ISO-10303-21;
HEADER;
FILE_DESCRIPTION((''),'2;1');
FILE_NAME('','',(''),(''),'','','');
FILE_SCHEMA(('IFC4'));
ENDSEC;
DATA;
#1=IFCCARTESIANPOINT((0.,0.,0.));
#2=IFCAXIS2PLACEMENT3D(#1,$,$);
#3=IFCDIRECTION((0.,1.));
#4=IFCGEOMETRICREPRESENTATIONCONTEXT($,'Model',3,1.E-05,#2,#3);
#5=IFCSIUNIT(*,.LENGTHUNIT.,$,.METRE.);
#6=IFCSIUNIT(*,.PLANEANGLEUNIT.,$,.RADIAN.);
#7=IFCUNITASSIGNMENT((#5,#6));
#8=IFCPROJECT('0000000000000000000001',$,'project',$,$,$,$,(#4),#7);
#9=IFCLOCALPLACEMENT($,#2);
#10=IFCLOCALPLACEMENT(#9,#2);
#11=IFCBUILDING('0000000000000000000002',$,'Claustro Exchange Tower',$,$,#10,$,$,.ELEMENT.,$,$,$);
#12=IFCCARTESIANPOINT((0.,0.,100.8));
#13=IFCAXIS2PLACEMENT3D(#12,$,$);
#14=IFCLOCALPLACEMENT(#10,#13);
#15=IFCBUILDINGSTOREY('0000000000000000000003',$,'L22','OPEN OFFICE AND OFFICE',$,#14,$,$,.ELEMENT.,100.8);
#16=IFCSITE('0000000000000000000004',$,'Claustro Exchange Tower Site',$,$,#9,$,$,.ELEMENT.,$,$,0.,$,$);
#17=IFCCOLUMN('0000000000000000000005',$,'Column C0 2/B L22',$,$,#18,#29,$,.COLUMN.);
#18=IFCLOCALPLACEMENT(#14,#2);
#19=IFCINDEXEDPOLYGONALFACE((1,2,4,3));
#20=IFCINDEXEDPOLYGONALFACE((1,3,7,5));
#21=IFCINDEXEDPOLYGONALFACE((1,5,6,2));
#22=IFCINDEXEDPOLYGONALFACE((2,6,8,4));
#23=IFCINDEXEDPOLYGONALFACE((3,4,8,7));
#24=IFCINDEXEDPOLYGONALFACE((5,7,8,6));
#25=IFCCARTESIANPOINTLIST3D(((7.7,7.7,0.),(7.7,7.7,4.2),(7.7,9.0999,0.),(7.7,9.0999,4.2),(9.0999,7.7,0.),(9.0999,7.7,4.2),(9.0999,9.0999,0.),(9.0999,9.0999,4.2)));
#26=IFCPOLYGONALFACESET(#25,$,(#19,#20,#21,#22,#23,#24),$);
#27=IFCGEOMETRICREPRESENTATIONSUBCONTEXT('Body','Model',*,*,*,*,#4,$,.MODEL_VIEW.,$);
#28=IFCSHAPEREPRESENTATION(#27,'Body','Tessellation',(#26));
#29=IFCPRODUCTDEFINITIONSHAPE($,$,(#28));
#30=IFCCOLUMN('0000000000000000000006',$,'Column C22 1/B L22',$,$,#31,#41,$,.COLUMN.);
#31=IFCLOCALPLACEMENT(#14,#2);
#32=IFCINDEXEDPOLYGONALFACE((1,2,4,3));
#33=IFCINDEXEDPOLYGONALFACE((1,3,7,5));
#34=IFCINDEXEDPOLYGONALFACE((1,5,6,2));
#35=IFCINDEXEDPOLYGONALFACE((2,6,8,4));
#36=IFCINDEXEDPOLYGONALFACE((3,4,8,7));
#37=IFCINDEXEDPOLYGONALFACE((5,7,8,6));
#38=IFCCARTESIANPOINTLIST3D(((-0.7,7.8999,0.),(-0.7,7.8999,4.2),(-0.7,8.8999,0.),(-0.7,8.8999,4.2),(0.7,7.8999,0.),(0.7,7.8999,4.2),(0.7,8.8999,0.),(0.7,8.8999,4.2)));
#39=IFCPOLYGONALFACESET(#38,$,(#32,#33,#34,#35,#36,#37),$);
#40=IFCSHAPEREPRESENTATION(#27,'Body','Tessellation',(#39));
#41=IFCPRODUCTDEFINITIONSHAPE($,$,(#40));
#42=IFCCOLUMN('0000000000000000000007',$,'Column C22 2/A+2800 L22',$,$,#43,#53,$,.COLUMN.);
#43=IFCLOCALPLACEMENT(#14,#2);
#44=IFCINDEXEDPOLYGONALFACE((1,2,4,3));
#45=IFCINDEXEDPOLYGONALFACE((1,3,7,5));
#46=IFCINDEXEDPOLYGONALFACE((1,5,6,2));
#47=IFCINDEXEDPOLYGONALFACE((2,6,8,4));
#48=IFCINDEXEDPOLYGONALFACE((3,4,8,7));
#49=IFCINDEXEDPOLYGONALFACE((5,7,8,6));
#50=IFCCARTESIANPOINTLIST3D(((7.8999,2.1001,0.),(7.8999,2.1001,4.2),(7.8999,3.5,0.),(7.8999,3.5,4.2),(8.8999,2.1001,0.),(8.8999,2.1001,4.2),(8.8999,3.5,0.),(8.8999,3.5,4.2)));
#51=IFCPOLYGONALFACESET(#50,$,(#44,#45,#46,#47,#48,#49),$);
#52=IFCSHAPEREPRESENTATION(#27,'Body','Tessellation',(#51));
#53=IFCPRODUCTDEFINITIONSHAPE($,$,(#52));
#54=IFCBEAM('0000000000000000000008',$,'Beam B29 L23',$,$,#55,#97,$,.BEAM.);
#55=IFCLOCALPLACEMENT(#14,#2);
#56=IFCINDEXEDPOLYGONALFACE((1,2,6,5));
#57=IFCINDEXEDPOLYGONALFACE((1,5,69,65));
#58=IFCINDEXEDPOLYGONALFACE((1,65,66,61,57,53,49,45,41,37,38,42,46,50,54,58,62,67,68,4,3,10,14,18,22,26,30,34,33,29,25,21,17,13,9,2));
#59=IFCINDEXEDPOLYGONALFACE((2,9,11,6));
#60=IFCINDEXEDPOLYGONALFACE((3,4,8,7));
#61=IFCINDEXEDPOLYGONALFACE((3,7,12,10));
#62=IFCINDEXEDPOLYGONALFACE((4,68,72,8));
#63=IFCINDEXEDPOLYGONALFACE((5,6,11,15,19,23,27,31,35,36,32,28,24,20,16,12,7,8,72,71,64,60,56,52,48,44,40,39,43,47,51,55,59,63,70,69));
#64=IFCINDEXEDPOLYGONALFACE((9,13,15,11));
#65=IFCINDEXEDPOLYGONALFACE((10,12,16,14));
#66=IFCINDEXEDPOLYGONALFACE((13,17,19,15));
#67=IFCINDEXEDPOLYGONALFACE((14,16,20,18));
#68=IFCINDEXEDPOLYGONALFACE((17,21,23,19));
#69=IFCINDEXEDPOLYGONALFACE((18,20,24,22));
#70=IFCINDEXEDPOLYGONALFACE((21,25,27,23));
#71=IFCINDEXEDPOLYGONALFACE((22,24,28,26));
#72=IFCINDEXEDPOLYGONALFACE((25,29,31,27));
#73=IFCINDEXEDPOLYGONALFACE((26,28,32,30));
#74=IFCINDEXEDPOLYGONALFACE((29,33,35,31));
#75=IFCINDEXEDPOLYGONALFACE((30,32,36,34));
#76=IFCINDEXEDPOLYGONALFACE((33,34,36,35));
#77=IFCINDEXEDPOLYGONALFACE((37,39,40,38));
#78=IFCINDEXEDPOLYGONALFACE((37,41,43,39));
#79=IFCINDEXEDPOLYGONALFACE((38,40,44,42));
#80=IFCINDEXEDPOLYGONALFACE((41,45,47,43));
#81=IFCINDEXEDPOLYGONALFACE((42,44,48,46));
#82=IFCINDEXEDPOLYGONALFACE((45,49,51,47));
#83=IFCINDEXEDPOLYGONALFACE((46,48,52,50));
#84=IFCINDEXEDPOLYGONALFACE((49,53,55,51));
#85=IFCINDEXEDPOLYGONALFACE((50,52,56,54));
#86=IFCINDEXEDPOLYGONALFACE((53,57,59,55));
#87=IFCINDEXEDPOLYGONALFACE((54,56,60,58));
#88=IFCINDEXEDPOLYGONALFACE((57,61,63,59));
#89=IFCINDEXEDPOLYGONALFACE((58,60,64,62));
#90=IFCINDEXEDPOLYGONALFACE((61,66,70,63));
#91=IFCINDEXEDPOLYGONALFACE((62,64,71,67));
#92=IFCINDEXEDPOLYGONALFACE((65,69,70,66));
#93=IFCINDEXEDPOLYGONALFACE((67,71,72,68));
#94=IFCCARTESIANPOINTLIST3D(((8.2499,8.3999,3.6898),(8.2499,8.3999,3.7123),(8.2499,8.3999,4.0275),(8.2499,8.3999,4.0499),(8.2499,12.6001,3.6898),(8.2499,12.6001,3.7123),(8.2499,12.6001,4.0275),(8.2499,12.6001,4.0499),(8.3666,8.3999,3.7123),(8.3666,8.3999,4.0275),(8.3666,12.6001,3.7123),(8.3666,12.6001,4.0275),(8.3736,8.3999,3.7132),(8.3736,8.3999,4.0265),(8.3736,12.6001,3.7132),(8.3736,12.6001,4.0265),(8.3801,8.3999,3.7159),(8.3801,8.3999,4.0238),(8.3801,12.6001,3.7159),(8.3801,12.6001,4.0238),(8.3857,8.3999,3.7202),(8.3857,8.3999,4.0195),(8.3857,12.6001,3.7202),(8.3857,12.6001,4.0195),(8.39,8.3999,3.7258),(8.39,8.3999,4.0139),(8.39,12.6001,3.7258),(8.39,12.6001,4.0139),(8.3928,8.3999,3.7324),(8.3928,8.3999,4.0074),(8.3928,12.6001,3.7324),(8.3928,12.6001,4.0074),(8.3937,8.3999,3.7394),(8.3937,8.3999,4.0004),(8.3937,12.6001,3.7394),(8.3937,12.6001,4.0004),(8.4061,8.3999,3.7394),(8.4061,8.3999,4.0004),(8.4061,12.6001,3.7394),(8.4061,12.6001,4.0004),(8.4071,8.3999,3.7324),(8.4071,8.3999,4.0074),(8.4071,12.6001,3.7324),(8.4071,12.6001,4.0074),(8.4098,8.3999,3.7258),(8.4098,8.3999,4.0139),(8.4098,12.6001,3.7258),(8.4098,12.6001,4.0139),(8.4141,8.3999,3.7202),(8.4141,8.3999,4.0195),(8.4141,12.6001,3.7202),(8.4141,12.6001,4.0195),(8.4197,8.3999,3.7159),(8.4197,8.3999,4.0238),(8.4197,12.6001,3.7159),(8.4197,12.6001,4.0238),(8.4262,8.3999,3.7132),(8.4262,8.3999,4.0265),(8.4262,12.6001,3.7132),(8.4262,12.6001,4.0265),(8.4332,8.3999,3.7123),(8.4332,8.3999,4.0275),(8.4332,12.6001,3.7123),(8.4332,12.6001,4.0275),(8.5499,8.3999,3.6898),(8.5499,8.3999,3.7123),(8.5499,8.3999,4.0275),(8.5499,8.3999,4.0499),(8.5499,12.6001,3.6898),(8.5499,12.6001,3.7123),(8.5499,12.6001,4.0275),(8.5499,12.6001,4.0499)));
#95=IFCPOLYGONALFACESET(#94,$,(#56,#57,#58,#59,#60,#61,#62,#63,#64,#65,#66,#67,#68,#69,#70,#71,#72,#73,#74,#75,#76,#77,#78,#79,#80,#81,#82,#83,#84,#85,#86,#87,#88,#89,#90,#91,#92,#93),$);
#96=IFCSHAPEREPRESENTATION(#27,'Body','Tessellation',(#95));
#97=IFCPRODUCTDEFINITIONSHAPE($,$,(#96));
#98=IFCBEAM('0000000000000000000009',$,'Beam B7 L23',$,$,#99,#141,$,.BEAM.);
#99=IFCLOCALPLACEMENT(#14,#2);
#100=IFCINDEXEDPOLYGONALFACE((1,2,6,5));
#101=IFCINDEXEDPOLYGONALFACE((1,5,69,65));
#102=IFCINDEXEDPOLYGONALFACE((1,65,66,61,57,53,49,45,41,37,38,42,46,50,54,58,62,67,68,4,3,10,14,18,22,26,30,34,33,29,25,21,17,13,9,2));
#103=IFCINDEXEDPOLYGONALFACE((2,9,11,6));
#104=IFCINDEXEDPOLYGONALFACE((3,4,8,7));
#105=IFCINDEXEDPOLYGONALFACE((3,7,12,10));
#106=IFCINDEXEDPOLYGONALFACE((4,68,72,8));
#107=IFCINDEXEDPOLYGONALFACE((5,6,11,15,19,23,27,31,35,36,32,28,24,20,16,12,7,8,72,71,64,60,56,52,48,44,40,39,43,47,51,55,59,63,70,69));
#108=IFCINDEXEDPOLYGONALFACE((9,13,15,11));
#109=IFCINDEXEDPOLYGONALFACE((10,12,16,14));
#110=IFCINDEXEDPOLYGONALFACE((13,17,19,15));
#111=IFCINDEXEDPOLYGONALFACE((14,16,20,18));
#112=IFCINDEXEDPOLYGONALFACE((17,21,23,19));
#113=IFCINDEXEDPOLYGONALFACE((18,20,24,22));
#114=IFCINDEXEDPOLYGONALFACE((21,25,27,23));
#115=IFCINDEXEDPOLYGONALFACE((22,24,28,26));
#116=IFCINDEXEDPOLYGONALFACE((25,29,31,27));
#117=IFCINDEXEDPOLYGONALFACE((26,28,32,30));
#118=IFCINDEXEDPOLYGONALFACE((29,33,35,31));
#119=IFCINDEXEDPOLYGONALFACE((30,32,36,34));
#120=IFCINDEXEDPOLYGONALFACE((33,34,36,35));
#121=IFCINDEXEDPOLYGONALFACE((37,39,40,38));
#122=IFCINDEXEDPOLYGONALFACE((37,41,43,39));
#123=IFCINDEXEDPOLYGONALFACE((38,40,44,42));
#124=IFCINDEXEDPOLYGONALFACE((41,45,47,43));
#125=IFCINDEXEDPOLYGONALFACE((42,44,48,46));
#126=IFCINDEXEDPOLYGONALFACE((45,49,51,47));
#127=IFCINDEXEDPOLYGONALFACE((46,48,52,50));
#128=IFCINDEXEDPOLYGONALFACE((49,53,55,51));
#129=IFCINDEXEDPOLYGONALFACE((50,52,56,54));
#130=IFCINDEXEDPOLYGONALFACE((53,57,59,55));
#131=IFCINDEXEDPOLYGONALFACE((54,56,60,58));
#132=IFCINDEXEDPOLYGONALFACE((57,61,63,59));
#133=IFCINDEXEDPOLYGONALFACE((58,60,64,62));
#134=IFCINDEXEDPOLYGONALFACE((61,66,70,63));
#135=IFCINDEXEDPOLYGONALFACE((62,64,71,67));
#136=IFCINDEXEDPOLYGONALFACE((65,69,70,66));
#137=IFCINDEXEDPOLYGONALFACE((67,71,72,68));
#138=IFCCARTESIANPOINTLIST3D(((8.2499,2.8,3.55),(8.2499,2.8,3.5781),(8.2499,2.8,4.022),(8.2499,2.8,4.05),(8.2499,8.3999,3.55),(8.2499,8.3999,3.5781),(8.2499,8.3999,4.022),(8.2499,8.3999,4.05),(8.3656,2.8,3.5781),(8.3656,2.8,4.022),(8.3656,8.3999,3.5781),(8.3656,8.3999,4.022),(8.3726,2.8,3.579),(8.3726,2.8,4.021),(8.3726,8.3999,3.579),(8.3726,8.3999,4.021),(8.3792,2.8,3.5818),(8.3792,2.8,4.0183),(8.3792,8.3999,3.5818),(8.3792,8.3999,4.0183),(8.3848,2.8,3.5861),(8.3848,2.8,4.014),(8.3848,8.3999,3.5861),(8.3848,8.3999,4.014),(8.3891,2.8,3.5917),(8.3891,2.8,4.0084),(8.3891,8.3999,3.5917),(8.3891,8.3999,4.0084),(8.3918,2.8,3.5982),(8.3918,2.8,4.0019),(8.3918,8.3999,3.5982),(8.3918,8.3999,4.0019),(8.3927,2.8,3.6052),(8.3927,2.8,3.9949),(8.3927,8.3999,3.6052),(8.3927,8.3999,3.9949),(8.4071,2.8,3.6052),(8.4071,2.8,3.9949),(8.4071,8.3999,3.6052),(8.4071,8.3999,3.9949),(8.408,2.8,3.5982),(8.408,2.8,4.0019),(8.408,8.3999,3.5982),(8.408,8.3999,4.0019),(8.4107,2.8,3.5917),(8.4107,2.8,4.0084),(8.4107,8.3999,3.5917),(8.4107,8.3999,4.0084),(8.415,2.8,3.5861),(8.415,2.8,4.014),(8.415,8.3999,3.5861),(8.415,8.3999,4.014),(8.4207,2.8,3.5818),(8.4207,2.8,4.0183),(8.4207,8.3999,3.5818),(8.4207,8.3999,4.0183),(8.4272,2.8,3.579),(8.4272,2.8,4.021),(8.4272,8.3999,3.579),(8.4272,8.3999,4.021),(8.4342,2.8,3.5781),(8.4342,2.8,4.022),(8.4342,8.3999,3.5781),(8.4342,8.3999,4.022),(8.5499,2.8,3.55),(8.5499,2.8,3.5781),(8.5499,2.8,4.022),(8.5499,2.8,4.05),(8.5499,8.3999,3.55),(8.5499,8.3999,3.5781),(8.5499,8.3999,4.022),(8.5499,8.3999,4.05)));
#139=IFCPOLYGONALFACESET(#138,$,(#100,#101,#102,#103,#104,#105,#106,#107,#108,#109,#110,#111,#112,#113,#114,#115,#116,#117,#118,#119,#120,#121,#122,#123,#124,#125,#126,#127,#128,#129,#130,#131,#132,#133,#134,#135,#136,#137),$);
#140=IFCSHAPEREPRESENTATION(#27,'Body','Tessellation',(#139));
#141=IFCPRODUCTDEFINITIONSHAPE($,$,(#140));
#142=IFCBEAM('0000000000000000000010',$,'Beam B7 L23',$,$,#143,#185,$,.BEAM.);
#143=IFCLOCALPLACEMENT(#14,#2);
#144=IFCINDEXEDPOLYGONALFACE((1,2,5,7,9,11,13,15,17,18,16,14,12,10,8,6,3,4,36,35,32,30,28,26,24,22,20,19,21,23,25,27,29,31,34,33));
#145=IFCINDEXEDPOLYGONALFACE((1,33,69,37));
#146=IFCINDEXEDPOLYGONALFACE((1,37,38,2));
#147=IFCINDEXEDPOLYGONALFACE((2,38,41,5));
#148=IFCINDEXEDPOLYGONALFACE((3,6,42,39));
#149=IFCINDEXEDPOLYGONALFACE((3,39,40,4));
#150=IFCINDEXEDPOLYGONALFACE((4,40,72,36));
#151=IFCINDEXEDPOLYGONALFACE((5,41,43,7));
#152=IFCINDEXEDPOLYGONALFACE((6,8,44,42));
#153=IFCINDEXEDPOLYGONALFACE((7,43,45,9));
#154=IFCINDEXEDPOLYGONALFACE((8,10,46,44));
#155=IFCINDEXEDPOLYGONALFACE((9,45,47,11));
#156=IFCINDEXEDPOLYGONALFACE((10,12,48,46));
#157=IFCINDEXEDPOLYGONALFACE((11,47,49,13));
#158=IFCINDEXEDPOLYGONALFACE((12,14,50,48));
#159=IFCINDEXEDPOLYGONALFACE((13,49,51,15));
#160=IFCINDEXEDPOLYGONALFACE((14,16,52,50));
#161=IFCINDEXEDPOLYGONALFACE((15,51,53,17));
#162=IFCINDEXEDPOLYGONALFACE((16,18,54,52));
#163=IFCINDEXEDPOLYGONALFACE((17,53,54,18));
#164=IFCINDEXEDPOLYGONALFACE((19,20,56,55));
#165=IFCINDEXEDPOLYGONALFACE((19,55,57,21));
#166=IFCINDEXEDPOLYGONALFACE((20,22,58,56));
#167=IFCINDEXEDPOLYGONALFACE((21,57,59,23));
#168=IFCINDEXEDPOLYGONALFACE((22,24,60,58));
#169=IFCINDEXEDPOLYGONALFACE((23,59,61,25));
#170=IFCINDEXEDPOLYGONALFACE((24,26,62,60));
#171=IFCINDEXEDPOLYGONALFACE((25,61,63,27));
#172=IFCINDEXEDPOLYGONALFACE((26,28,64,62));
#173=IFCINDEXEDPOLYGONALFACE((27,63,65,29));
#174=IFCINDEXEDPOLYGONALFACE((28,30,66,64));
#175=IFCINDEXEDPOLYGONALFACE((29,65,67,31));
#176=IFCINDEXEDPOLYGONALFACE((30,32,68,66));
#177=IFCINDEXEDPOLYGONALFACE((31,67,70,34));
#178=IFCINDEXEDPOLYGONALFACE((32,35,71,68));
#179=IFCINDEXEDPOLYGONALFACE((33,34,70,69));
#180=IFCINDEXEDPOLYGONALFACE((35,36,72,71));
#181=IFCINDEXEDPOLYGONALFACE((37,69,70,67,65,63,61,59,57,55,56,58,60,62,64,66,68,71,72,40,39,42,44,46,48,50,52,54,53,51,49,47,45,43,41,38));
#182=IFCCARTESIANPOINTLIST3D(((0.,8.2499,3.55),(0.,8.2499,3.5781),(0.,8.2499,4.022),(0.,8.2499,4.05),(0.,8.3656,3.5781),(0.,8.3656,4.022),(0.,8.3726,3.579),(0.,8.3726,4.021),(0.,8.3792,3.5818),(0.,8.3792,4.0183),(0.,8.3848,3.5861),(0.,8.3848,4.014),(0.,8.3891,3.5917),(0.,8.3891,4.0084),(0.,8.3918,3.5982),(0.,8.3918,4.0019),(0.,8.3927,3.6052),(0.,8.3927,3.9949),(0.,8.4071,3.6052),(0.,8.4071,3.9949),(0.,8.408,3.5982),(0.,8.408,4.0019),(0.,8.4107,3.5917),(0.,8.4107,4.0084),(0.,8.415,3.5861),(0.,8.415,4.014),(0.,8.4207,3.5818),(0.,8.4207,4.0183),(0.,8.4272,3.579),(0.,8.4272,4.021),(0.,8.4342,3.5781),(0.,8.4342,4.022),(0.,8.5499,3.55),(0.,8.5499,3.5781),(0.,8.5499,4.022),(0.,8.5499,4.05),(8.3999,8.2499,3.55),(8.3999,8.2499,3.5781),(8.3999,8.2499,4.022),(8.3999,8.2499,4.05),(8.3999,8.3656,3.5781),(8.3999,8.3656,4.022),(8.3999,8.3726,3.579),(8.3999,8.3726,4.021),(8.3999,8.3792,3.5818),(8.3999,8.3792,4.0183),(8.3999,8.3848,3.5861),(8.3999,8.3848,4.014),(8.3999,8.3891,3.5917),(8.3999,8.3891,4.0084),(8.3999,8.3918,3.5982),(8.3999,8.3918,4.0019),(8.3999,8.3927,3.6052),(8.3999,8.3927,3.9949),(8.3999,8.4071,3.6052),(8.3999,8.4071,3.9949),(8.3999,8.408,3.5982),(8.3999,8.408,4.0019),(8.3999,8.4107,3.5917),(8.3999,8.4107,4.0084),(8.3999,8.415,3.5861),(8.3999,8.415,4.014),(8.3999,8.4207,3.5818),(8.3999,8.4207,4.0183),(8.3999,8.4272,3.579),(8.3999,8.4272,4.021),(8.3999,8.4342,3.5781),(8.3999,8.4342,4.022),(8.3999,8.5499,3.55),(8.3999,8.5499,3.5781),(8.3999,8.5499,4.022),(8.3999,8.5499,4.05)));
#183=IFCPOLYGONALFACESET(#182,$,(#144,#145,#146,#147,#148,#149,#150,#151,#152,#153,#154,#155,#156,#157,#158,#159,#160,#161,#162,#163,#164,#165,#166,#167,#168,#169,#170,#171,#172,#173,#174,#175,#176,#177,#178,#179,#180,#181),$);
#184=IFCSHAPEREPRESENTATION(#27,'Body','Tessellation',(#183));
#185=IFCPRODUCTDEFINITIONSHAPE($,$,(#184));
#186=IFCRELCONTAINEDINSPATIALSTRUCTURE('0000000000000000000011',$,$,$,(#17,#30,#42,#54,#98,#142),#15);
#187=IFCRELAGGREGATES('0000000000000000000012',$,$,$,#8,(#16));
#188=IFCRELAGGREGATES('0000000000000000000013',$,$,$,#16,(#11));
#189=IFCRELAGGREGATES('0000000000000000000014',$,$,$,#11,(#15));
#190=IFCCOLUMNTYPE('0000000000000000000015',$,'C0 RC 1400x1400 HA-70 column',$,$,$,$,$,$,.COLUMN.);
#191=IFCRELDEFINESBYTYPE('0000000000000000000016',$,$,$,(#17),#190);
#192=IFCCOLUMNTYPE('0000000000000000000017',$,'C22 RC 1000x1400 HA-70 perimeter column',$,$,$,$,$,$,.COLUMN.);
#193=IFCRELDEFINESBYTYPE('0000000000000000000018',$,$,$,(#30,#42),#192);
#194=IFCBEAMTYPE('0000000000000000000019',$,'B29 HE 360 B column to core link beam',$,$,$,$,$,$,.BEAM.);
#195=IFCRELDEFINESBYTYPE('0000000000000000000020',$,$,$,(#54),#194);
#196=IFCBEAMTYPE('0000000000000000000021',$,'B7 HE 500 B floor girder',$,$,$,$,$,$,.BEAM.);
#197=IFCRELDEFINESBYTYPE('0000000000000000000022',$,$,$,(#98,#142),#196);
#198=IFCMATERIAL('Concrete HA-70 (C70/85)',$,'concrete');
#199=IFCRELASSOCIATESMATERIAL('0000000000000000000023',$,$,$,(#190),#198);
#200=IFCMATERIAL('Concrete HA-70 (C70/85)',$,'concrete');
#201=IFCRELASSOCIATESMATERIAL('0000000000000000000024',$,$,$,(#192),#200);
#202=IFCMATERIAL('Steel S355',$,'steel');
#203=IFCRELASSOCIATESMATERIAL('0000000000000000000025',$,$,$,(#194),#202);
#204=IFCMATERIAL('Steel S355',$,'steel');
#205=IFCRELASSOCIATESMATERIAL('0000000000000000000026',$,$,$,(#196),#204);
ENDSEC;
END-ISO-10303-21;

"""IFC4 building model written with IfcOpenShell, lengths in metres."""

from ifc_helpers import new_model, si_unit, direction, frame, origin, origin_2d, place, context, subcontext, project, spatial, rectangle, i_section, extrude, material, material_profile, profile_set, type_object, element, save


model = new_model("IFC4")

# Units and contexts
model_context = context("Model", 3, precision=1e-05, world=origin(), true_north=direction((0.0, 1.0)))
body_context = subcontext(model_context, "Body", "Model", "MODEL_VIEW")
ifc_project = project(units=[si_unit("LENGTHUNIT", "METRE"), si_unit("PLANEANGLEUNIT", "RADIAN")], contexts=[model_context])

# Site, building, storey
site_placement = place(None, origin())
site = spatial("IfcSite", under=ifc_project, at=site_placement, Name="Claustro Exchange Tower Site", CompositionType="ELEMENT", RefElevation=0.0)
building_placement = place(site_placement, origin())
building = spatial("IfcBuilding", under=site, at=building_placement, Name="Claustro Exchange Tower", CompositionType="ELEMENT")
storey_placement = place(building_placement, frame((0.0, 0.0, 100.8)))
storey = spatial("IfcBuildingStorey", under=building, at=storey_placement, Name="L22", Description="OPEN OFFICE AND OFFICE", CompositionType="ELEMENT", Elevation=100.8)

# Columns
ifc_material_1 = material(Name="Concrete HA-70 (C70/85)", Category="concrete")
ifc_material_profile_1 = material_profile(ifc_material_1, rectangle(XDim=1.3999, YDim=1.3999, at=origin_2d()), Name="RC 1400x1400")
ifc_profile_set_1 = profile_set([ifc_material_profile_1], Name="Concrete HA-70 (C70/85)")
column_type_1 = type_object("IfcColumnType", Name="C0 RC 1400x1400 HA-70 column", PredefinedType="COLUMN", material=ifc_profile_set_1)
column_placement = place(storey_placement, frame((8.3999, 8.3999, 0.0), z_axis=(0.0, 0.0, 1.0), x_axis=(1.0, 0.0, 0.0)))
element("IfcColumn", 1, at=column_placement, inside=storey, type_object=column_type_1, Name="Column C0 2/B L22", PredefinedType="COLUMN", context=body_context, shape_type="SweptSolid", body=[
    extrude(rectangle(XDim=1.3999, YDim=1.3999, at=origin_2d()), origin(), (0.0, 0.0, 1.0), 4.2),
])
ifc_material_2 = material(Name="Concrete HA-70 (C70/85)", Category="concrete")
ifc_material_profile_2 = material_profile(ifc_material_2, rectangle(XDim=1.0, YDim=1.3999, at=origin_2d()), Name="RC 1000x1400")
ifc_profile_set_2 = profile_set([ifc_material_profile_2], Name="Concrete HA-70 (C70/85)")
column_type_2 = type_object("IfcColumnType", Name="C22 RC 1000x1400 HA-70 perimeter column", PredefinedType="COLUMN", material=ifc_profile_set_2)
for number, where, z_axis, x_axis, name in (
    (2, (0.0, 8.3999, 0.0), (0.0, 0.0, 1.0), (0.0, 1.0, 0.0), "Column C22 1/B L22"),
    (3, (8.3999, 2.8, 0.0), (0.0, 0.0, 1.0), (1.0, 0.0, 0.0), "Column C22 2/A+2800 L22"),
):
    element("IfcColumn", number, at=place(storey_placement, frame(where, z_axis=z_axis, x_axis=x_axis)), inside=storey, type_object=column_type_2, Name=name, PredefinedType="COLUMN", context=body_context, shape_type="SweptSolid", body=[
        extrude(rectangle(XDim=1.0, YDim=1.3999, at=origin_2d()), origin(), (0.0, 0.0, 1.0), 4.2),
    ])

# Beams
ifc_material_3 = material(Name="Steel S355", Category="steel")
ifc_material_profile_3 = material_profile(ifc_material_3, i_section(OverallWidth=0.3, OverallDepth=0.3601, WebThickness=0.0125, FlangeThickness=0.0225, FilletRadius=0.0271, at=origin_2d()), Name="HE 360 B")
ifc_profile_set_3 = profile_set([ifc_material_profile_3], Name="Steel S355")
beam_type_1 = type_object("IfcBeamType", Name="B29 HE 360 B column to core link beam", PredefinedType="BEAM", material=ifc_profile_set_3)
beam_1_placement = place(storey_placement, frame((8.3999, 8.3999, 3.8699), z_axis=(0.0, 1.0, 0.0), x_axis=(-1.0, 0.0, 0.0)))
element("IfcBeam", 4, at=beam_1_placement, inside=storey, type_object=beam_type_1, Name="Beam B29 L23", PredefinedType="BEAM", context=body_context, shape_type="SweptSolid", body=[
    extrude(i_section(OverallWidth=0.3, OverallDepth=0.3601, WebThickness=0.0125, FlangeThickness=0.0225, FilletRadius=0.0271, at=origin_2d()), origin(), (0.0, 0.0, 1.0), 4.2002),
])
ifc_material_4 = material(Name="Steel S355", Category="steel")
ifc_material_profile_4 = material_profile(ifc_material_4, i_section(OverallWidth=0.3, OverallDepth=0.5, WebThickness=0.0144, FlangeThickness=0.0281, FilletRadius=0.0271, at=origin_2d()), Name="HE 500 B")
ifc_profile_set_4 = profile_set([ifc_material_profile_4], Name="Steel S355")
beam_type_2 = type_object("IfcBeamType", Name="B7 HE 500 B floor girder", PredefinedType="BEAM", material=ifc_profile_set_4)
beam_2_placement = place(storey_placement, frame((8.3999, 2.8, 3.8), z_axis=(0.0, 1.0, 0.0), x_axis=(-1.0, 0.0, 0.0)))
element("IfcBeam", 5, at=beam_2_placement, inside=storey, type_object=beam_type_2, Name="Beam B7 L23", PredefinedType="BEAM", context=body_context, shape_type="SweptSolid", body=[
    extrude(i_section(OverallWidth=0.3, OverallDepth=0.5, WebThickness=0.0144, FlangeThickness=0.0281, FilletRadius=0.0271, at=origin_2d()), origin(), (0.0, 0.0, 1.0), 5.5999),
])
beam_3_placement = place(storey_placement, frame((0.0, 8.3999, 3.8), z_axis=(1.0, 0.0, 0.0), x_axis=(0.0, 1.0, 0.0)))
element("IfcBeam", 6, at=beam_3_placement, inside=storey, type_object=beam_type_2, Name="Beam B7 L23", PredefinedType="BEAM", context=body_context, shape_type="SweptSolid", body=[
    extrude(i_section(OverallWidth=0.3, OverallDepth=0.5, WebThickness=0.0144, FlangeThickness=0.0281, FilletRadius=0.0271, at=origin_2d()), origin(), (0.0, 0.0, 1.0), 8.3999),
])

save(model, "model.ifc")
